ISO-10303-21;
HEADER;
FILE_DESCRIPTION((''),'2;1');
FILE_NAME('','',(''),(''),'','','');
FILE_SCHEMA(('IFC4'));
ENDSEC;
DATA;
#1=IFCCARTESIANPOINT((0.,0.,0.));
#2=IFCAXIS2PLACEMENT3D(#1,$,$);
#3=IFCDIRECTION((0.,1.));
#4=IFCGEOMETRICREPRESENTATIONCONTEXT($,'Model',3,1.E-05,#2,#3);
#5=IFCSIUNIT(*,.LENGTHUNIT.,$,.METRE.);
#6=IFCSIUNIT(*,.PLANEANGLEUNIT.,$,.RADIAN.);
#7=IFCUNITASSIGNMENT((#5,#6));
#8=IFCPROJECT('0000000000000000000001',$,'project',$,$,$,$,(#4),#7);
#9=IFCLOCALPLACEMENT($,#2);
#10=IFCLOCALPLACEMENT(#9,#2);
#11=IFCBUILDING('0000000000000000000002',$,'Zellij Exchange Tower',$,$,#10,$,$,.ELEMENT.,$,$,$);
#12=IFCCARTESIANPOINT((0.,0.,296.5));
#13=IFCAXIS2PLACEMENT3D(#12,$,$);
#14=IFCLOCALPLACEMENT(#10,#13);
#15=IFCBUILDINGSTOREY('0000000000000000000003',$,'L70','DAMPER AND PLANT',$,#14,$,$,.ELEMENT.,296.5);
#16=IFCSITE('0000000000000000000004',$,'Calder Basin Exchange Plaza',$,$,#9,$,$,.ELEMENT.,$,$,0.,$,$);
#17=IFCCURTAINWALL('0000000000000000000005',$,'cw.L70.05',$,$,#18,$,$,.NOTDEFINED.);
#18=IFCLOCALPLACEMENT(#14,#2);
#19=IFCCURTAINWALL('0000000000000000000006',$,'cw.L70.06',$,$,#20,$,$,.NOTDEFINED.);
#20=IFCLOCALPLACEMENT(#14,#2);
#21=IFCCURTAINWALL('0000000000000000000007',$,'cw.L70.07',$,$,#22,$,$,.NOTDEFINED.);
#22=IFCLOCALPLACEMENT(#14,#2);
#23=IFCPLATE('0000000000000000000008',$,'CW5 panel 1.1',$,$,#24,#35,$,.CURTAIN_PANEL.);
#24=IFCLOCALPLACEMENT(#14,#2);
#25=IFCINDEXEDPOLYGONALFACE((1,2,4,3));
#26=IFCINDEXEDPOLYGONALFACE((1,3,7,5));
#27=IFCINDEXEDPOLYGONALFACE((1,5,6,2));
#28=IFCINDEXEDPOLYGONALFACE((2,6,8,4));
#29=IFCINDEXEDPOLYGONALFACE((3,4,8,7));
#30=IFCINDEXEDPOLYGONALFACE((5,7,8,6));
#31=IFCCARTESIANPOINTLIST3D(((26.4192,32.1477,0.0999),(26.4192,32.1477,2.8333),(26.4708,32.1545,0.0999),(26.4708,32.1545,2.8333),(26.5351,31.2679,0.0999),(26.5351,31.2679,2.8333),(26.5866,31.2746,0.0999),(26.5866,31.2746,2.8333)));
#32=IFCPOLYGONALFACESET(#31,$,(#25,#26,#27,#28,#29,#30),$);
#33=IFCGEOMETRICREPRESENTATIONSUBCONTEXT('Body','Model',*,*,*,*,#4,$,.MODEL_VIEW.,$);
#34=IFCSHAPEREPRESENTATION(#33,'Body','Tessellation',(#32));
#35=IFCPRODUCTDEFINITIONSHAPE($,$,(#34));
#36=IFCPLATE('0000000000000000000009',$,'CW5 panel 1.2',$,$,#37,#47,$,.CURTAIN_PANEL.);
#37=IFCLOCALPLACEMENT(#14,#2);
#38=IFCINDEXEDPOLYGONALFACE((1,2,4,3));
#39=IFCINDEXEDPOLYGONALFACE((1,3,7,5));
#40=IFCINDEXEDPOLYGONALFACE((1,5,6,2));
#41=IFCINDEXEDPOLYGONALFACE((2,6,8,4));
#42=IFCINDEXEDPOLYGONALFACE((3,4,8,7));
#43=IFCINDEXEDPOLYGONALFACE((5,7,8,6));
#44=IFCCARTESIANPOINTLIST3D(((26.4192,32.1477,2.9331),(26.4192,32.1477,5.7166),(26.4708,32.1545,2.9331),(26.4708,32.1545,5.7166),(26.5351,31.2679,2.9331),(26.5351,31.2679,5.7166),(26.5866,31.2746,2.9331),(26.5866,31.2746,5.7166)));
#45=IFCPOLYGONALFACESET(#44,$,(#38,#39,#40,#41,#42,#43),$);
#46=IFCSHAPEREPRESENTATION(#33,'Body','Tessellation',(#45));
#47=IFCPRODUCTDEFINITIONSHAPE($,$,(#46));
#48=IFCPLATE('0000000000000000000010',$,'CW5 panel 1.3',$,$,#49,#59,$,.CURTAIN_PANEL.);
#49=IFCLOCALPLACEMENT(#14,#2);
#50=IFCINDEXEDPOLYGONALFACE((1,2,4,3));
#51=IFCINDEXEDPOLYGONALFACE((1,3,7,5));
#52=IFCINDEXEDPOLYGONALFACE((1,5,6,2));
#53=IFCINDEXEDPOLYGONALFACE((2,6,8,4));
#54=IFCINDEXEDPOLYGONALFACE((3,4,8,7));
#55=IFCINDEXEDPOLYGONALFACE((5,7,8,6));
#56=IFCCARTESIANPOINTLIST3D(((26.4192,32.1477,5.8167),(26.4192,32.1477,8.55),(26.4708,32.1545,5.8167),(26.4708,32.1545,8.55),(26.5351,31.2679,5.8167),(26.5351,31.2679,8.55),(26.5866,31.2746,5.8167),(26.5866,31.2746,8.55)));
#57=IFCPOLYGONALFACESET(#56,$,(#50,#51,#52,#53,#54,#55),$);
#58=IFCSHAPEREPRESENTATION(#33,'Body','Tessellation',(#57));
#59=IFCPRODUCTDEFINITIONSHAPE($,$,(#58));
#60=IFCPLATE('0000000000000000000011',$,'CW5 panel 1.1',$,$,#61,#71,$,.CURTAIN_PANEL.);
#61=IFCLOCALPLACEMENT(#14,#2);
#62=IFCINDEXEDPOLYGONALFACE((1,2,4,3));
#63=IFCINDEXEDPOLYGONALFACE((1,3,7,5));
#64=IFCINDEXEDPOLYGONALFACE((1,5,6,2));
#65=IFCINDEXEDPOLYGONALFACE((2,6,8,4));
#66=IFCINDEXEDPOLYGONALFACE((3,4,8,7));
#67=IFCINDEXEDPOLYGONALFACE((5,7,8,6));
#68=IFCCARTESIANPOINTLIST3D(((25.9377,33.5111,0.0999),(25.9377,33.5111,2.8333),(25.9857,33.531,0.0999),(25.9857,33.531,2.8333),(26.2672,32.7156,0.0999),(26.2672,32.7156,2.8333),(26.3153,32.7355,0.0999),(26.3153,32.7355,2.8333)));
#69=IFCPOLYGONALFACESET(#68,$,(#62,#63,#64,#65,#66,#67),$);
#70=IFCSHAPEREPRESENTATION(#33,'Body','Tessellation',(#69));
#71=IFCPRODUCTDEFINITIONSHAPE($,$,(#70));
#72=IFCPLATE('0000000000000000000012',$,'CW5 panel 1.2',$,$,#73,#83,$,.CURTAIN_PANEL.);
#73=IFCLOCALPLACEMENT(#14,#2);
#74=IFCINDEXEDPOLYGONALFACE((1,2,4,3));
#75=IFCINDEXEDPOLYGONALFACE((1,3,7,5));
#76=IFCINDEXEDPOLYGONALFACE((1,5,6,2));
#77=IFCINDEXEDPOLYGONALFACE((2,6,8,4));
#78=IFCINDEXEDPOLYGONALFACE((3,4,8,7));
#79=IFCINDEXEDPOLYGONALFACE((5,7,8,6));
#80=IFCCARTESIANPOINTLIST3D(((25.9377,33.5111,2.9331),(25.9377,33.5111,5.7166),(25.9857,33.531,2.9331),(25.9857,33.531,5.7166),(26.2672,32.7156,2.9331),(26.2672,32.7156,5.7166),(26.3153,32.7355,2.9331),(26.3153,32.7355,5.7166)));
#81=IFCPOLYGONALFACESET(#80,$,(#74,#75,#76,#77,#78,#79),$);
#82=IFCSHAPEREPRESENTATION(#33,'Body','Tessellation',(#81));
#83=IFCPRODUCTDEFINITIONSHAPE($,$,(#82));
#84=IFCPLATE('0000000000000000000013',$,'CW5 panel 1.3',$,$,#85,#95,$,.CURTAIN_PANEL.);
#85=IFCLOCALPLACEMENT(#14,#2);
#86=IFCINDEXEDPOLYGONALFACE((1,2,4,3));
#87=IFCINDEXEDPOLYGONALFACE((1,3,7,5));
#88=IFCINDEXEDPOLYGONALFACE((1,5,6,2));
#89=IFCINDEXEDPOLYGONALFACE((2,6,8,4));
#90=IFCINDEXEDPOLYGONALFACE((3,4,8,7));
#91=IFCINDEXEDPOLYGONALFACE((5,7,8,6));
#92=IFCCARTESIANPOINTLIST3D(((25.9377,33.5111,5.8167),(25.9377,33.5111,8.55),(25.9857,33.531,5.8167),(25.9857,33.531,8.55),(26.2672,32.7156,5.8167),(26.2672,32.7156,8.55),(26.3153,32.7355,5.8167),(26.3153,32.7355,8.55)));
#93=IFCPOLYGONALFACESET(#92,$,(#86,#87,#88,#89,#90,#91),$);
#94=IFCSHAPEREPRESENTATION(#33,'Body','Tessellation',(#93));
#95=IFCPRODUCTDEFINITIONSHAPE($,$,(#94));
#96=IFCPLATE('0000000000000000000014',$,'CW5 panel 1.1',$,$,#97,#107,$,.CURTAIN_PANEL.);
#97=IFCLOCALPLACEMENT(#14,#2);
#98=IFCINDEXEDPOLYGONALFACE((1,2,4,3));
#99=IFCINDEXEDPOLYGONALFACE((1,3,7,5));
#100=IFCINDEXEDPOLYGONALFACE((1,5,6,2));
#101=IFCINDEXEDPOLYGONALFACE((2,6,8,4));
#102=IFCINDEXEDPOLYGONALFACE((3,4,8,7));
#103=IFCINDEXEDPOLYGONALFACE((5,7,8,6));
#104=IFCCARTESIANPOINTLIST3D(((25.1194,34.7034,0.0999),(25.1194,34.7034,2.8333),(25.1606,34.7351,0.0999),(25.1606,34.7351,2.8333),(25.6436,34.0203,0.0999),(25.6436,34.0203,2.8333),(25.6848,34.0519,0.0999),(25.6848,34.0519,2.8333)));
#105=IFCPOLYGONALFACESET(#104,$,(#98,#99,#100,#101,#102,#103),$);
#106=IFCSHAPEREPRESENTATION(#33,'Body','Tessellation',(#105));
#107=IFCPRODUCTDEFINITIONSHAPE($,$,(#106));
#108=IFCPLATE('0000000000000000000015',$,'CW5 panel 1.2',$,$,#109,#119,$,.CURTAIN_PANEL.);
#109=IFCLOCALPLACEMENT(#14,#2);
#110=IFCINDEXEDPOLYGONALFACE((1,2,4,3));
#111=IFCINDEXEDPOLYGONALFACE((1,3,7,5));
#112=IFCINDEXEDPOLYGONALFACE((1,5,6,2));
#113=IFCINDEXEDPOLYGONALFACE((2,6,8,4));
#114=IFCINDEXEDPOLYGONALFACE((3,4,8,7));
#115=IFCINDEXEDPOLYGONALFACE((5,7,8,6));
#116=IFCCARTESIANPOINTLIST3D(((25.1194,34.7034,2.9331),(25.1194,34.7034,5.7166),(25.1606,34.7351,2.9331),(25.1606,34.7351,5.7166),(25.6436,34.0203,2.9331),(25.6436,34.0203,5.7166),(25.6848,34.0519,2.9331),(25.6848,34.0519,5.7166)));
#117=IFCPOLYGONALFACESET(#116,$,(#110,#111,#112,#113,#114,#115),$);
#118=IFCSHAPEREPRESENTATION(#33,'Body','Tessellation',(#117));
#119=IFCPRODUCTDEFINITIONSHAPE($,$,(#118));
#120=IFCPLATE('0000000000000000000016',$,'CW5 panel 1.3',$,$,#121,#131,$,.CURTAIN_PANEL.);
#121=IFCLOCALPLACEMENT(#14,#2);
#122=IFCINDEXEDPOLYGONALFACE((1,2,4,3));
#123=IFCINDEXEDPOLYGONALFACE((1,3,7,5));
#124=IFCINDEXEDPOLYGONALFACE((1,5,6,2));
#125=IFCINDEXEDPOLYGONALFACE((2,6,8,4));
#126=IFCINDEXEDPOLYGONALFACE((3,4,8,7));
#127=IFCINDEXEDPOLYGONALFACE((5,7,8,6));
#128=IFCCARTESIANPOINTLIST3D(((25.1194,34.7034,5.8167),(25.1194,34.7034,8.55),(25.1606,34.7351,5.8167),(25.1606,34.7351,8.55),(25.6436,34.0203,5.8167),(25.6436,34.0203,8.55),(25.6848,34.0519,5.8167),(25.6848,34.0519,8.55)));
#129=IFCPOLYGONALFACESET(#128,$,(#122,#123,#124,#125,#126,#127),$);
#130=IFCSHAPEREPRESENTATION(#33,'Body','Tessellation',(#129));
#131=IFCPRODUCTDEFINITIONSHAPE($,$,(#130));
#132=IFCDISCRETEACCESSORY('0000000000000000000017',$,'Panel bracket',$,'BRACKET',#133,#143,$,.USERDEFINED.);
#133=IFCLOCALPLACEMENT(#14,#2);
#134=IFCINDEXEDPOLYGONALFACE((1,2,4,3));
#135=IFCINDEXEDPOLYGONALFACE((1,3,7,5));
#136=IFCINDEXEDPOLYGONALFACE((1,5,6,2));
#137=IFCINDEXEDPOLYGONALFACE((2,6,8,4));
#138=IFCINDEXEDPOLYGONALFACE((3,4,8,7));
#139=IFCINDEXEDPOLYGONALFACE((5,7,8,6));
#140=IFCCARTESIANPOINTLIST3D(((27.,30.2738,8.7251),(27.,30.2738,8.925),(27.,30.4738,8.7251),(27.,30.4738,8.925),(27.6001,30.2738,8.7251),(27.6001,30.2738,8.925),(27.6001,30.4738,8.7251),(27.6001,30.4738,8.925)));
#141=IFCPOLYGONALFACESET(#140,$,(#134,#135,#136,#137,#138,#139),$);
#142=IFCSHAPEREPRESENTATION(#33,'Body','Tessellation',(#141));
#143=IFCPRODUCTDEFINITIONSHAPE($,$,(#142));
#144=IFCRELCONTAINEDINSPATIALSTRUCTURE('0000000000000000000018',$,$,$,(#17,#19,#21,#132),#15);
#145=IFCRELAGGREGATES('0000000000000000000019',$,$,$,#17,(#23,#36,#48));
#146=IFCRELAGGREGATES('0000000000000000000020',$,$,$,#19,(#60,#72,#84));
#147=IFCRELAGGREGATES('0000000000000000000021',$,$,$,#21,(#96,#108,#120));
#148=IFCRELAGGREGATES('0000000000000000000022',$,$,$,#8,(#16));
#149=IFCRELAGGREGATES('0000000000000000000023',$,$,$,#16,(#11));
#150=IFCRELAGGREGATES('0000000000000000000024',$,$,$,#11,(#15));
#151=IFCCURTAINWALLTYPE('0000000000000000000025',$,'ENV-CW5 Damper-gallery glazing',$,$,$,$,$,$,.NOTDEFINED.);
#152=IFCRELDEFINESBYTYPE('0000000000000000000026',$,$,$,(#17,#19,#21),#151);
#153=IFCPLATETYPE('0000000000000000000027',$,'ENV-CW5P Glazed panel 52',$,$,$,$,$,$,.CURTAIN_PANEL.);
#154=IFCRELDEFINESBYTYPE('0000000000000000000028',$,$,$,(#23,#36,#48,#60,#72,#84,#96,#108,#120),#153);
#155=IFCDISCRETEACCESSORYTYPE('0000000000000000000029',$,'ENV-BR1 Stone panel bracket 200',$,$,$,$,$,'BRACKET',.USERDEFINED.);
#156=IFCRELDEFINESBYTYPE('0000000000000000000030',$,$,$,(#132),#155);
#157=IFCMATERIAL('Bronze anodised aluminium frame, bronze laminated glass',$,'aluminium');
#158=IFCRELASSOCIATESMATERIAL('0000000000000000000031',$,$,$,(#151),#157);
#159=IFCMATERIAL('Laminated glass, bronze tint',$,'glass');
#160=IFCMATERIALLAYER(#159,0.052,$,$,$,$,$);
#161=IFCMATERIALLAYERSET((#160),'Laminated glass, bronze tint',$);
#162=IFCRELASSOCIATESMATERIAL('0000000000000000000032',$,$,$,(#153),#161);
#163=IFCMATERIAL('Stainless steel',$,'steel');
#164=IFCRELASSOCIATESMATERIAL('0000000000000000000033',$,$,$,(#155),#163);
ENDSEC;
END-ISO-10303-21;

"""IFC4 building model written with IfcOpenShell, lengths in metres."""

from ifc_helpers import new_model, si_unit, direction, frame, origin, origin_2d, place, context, subcontext, project, spatial, rectangle, extrude, material, layer, layer_set, type_object, element, aggregate, save


model = new_model("IFC4")

# Units and contexts
model_context = context("Model", 3, precision=1e-05, world=origin(), true_north=direction((0.0, 1.0)))
body_context = subcontext(model_context, "Body", "Model", "MODEL_VIEW")
ifc_project = project(units=[si_unit("LENGTHUNIT", "METRE"), si_unit("PLANEANGLEUNIT", "RADIAN")], contexts=[model_context])

# Site, building, storey
site_placement = place(None, origin())
site = spatial("IfcSite", under=ifc_project, at=site_placement, Name="Calder Basin Exchange Plaza", CompositionType="ELEMENT", RefElevation=0.0)
building_placement = place(site_placement, origin())
building = spatial("IfcBuilding", under=site, at=building_placement, Name="Zellij Exchange Tower", CompositionType="ELEMENT")
storey_placement = place(building_placement, frame((0.0, 0.0, 296.5)))
storey = spatial("IfcBuildingStorey", under=building, at=storey_placement, Name="L70", Description="DAMPER AND PLANT", CompositionType="ELEMENT", Elevation=296.5)

# Curtain walls
ifc_material_1 = material(Name="Bronze anodised aluminium frame, bronze laminated glass", Category="aluminium")
curtain_wall_type = type_object("IfcCurtainWallType", Name="ENV-CW5 Damper-gallery glazing", PredefinedType="NOTDEFINED", material=ifc_material_1)
curtain_wall_1_placement = place(storey_placement, origin())
curtain_wall_1 = element("IfcCurtainWall", 1, at=curtain_wall_1_placement, inside=storey, type_object=curtain_wall_type, Name="cw.L70.05", PredefinedType="NOTDEFINED")
curtain_wall_2_placement = place(storey_placement, origin())
curtain_wall_2 = element("IfcCurtainWall", 2, at=curtain_wall_2_placement, inside=storey, type_object=curtain_wall_type, Name="cw.L70.06", PredefinedType="NOTDEFINED")
curtain_wall_3_placement = place(storey_placement, origin())
curtain_wall_3 = element("IfcCurtainWall", 3, at=curtain_wall_3_placement, inside=storey, type_object=curtain_wall_type, Name="cw.L70.07", PredefinedType="NOTDEFINED")

# Shared definitions
ifc_material_2 = material(Name="Laminated glass, bronze tint", Category="glass")
ifc_layer = layer(ifc_material_2, 0.052)
ifc_layer_set = layer_set([ifc_layer], Name="Laminated glass, bronze tint")
plate_type = type_object("IfcPlateType", Name="ENV-CW5P Glazed panel 52", PredefinedType="CURTAIN_PANEL", material=ifc_layer_set)

# Plates
plate_1_placement = place(storey_placement, frame((26.5029, 31.7112, 0.0999), z_axis=(0.0, 0.0, 1.0), x_axis=(-0.130495, 0.991449, 0.0)))
plate_1 = element("IfcPlate", 4, at=plate_1_placement, type_object=plate_type, Name="CW5 panel 1.1", PredefinedType="CURTAIN_PANEL", context=body_context, shape_type="SweptSolid", body=[
    extrude(rectangle(XDim=0.8875, YDim=0.052, at=origin_2d()), origin(), (0.0, 0.0, 1.0), 2.7334),
])
plate_2_placement = place(storey_placement, frame((26.5029, 31.7112, 2.9331), z_axis=(0.0, 0.0, 1.0), x_axis=(-0.130495, 0.991449, 0.0)))
plate_2 = element("IfcPlate", 5, at=plate_2_placement, type_object=plate_type, Name="CW5 panel 1.2", PredefinedType="CURTAIN_PANEL", context=body_context, shape_type="SweptSolid", body=[
    extrude(rectangle(XDim=0.8875, YDim=0.052, at=origin_2d()), origin(), (0.0, 0.0, 1.0), 2.7834),
])
plate_3_placement = place(storey_placement, frame((26.5029, 31.7112, 5.8167), z_axis=(0.0, 0.0, 1.0), x_axis=(-0.130495, 0.991449, 0.0)))
plate_3 = element("IfcPlate", 6, at=plate_3_placement, type_object=plate_type, Name="CW5 panel 1.3", PredefinedType="CURTAIN_PANEL", context=body_context, shape_type="SweptSolid", body=[
    extrude(rectangle(XDim=0.8875, YDim=0.052, at=origin_2d()), origin(), (0.0, 0.0, 1.0), 2.7334),
])
aggregate(curtain_wall_1, [plate_1, plate_2, plate_3])
plate_4_placement = place(storey_placement, frame((26.1265, 33.1233, 0.0999), z_axis=(0.0, 0.0, 1.0), x_axis=(-0.382754, 0.92385, 0.0)))
plate_4 = element("IfcPlate", 7, at=plate_4_placement, type_object=plate_type, Name="CW5 panel 1.1", PredefinedType="CURTAIN_PANEL", context=body_context, shape_type="SweptSolid", body=[
    extrude(rectangle(XDim=0.8611, YDim=0.052, at=origin_2d()), origin(), (0.0, 0.0, 1.0), 2.7334),
])
plate_5_placement = place(storey_placement, frame((26.1265, 33.1233, 2.9331), z_axis=(0.0, 0.0, 1.0), x_axis=(-0.382754, 0.92385, 0.0)))
plate_5 = element("IfcPlate", 8, at=plate_5_placement, type_object=plate_type, Name="CW5 panel 1.2", PredefinedType="CURTAIN_PANEL", context=body_context, shape_type="SweptSolid", body=[
    extrude(rectangle(XDim=0.8611, YDim=0.052, at=origin_2d()), origin(), (0.0, 0.0, 1.0), 2.7834),
])
plate_6_placement = place(storey_placement, frame((26.1265, 33.1233, 5.8167), z_axis=(0.0, 0.0, 1.0), x_axis=(-0.382754, 0.92385, 0.0)))
plate_6 = element("IfcPlate", 9, at=plate_6_placement, type_object=plate_type, Name="CW5 panel 1.3", PredefinedType="CURTAIN_PANEL", context=body_context, shape_type="SweptSolid", body=[
    extrude(rectangle(XDim=0.8611, YDim=0.052, at=origin_2d()), origin(), (0.0, 0.0, 1.0), 2.7334),
])
aggregate(curtain_wall_2, [plate_4, plate_5, plate_6])
plate_7_placement = place(storey_placement, frame((25.4021, 34.3777, 0.0999), z_axis=(0.0, 0.0, 1.0), x_axis=(-0.60874, 0.79337, 0.0)))
plate_7 = element("IfcPlate", 10, at=plate_7_placement, type_object=plate_type, Name="CW5 panel 1.1", PredefinedType="CURTAIN_PANEL", context=body_context, shape_type="SweptSolid", body=[
    extrude(rectangle(XDim=0.8611, YDim=0.052, at=origin_2d()), origin(), (0.0, 0.0, 1.0), 2.7334),
])
plate_8_placement = place(storey_placement, frame((25.4021, 34.3777, 2.9331), z_axis=(0.0, 0.0, 1.0), x_axis=(-0.60874, 0.79337, 0.0)))
plate_8 = element("IfcPlate", 11, at=plate_8_placement, type_object=plate_type, Name="CW5 panel 1.2", PredefinedType="CURTAIN_PANEL", context=body_context, shape_type="SweptSolid", body=[
    extrude(rectangle(XDim=0.8611, YDim=0.052, at=origin_2d()), origin(), (0.0, 0.0, 1.0), 2.7834),
])
plate_9_placement = place(storey_placement, frame((25.4021, 34.3777, 5.8167), z_axis=(0.0, 0.0, 1.0), x_axis=(-0.60874, 0.79337, 0.0)))
plate_9 = element("IfcPlate", 12, at=plate_9_placement, type_object=plate_type, Name="CW5 panel 1.3", PredefinedType="CURTAIN_PANEL", context=body_context, shape_type="SweptSolid", body=[
    extrude(rectangle(XDim=0.8611, YDim=0.052, at=origin_2d()), origin(), (0.0, 0.0, 1.0), 2.7334),
])
aggregate(curtain_wall_3, [plate_7, plate_8, plate_9])

# Discrete accessory
ifc_material_3 = material(Name="Stainless steel", Category="steel")
discrete_accessory_type = type_object("IfcDiscreteAccessoryType", Name="ENV-BR1 Stone panel bracket 200", ElementType="BRACKET", PredefinedType="USERDEFINED", material=ifc_material_3)
discrete_accessory_placement = place(storey_placement, frame((27.3, 30.3738, 8.7251), z_axis=(0.0, 0.0, 1.0), x_axis=(0.0, 1.0, 0.0)))
element("IfcDiscreteAccessory", 13, at=discrete_accessory_placement, inside=storey, type_object=discrete_accessory_type, Name="Panel bracket", ObjectType="BRACKET", PredefinedType="USERDEFINED", context=body_context, shape_type="SweptSolid", body=[
    extrude(rectangle(XDim=0.2, YDim=0.6001, at=origin_2d()), origin(), (0.0, 0.0, 1.0), 0.2),
])

save(model, "model.ifc")
